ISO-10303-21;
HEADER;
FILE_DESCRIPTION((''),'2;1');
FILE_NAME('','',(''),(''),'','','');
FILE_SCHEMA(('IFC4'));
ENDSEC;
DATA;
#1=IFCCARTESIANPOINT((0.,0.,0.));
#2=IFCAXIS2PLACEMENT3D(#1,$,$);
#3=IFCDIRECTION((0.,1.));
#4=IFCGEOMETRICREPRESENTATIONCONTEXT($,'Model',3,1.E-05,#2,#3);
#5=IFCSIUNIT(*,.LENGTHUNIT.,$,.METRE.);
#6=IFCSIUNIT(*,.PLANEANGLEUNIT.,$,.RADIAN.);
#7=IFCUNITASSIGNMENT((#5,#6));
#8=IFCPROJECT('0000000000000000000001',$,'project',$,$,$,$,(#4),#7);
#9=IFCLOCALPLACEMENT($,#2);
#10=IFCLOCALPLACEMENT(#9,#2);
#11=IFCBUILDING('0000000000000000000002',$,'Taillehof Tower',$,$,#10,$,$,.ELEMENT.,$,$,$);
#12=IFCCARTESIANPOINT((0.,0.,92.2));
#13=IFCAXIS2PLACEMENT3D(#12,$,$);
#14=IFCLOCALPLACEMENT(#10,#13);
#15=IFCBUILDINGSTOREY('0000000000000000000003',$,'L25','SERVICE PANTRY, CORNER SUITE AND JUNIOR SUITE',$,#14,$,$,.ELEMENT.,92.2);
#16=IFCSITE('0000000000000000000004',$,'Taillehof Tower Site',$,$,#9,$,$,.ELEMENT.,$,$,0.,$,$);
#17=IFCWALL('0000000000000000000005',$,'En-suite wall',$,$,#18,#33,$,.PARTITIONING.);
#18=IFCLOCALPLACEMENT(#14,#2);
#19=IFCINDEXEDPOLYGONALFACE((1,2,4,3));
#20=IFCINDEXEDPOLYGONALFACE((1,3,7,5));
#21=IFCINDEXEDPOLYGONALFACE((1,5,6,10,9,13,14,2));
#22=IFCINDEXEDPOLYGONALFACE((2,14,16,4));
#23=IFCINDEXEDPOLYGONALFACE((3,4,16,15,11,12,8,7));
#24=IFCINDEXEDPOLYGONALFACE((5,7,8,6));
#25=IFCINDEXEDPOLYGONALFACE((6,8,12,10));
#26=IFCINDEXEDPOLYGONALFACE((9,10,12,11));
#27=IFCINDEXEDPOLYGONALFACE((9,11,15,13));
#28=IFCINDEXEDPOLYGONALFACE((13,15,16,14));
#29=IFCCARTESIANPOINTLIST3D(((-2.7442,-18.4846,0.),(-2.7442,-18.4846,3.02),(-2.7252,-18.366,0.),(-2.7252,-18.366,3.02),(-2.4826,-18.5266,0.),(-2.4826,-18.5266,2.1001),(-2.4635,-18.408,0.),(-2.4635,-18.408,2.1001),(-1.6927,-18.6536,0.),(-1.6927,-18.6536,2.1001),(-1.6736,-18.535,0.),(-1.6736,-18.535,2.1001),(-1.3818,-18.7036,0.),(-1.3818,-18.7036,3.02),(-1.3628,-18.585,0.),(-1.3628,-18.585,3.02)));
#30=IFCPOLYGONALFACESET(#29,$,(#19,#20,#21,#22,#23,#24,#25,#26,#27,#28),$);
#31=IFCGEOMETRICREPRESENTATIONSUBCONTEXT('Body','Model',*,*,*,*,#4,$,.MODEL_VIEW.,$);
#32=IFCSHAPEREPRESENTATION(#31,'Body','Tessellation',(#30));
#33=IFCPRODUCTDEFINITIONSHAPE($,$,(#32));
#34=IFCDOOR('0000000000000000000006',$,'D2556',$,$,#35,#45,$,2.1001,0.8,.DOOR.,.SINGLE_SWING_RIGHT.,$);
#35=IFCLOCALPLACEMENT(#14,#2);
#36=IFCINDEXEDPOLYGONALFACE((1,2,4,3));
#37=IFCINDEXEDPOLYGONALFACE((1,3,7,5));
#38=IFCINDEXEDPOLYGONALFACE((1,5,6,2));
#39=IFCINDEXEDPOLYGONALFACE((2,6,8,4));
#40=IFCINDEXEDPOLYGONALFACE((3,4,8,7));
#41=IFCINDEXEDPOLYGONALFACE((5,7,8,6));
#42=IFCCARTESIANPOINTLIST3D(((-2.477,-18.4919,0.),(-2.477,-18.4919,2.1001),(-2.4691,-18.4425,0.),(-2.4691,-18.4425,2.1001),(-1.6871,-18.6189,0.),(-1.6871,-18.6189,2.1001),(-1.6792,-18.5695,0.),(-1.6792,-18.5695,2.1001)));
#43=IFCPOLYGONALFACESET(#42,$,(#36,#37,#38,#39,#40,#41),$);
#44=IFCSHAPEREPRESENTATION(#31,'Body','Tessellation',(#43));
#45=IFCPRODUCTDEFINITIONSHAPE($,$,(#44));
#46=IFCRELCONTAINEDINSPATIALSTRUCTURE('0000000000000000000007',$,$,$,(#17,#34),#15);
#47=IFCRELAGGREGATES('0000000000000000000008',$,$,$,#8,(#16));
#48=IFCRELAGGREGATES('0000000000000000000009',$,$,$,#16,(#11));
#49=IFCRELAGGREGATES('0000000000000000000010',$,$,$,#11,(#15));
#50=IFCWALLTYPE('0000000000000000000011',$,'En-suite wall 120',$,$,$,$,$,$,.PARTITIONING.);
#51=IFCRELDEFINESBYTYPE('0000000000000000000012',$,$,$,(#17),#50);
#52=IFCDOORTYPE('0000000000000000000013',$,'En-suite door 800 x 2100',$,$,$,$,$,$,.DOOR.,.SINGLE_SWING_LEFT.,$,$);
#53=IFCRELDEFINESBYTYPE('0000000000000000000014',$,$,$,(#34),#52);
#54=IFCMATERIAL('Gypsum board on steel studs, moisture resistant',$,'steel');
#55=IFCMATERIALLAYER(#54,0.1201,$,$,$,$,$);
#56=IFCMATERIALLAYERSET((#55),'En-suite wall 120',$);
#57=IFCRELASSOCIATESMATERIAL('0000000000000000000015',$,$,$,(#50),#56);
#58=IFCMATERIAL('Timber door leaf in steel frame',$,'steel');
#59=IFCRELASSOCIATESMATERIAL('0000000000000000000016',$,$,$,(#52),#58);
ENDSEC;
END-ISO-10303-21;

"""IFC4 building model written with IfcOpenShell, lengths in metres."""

from ifc_helpers import new_model, si_unit, direction, frame, frame_2d, origin, place, context, subcontext, project, spatial, rectangle, extrude, material, layer, layer_set, type_object, element, fill, save


model = new_model("IFC4")

# Units and contexts
model_context = context("Model", 3, precision=1e-05, world=origin(), true_north=direction((0.0, 1.0)))
body_context = subcontext(model_context, "Body", "Model", "MODEL_VIEW")
ifc_project = project(units=[si_unit("LENGTHUNIT", "METRE"), si_unit("PLANEANGLEUNIT", "RADIAN")], contexts=[model_context])

# Site, building, storey
site_placement = place(None, origin())
site = spatial("IfcSite", under=ifc_project, at=site_placement, Name="Taillehof Tower Site", CompositionType="ELEMENT", RefElevation=0.0)
building_placement = place(site_placement, origin())
building = spatial("IfcBuilding", under=site, at=building_placement, Name="Taillehof Tower", CompositionType="ELEMENT")
storey_placement = place(building_placement, frame((0.0, 0.0, 92.2)))
storey = spatial("IfcBuildingStorey", under=building, at=storey_placement, Name="L25", Description="SERVICE PANTRY, CORNER SUITE AND JUNIOR SUITE", CompositionType="ELEMENT", Elevation=92.2)

# Shared definitions
ifc_material_1 = material(Name="Gypsum board on steel studs, moisture resistant", Category="steel")
ifc_layer_1 = layer(ifc_material_1, 0.1201)
ifc_layer_set_1 = layer_set([ifc_layer_1], Name="En-suite wall 120")
wall_type_1 = type_object("IfcWallType", Name="En-suite wall 120", PredefinedType="PARTITIONING", material=ifc_layer_set_1)

# Wall, opening, door
ifc_material_2 = material(Name="Timber door leaf in steel frame", Category="steel")
door_type = type_object("IfcDoorType", Name="En-suite door 800 x 2100", OperationType="SINGLE_SWING_LEFT", PredefinedType="DOOR", material=ifc_material_2)
wall_1_placement = place(storey_placement, frame((-1.3723, -18.6443, 0.0), z_axis=(0.0, 0.0, 1.0), x_axis=(-0.987324, 0.158715, 0.0)))
wall_1 = element("IfcWall", 1, at=wall_1_placement, inside=storey, type_object=wall_type_1, Name="En-suite wall", PredefinedType="PARTITIONING", context=body_context, shape_type="SweptSolid", body=[
    extrude(rectangle(XDim=1.3799, YDim=0.1201, at=frame_2d((0.6899, 0.0))), origin(), (0.0, 0.0, 1.0), 3.02),
])
opening_1_placement = place(wall_1_placement, frame((0.3149, 0.0, 0.0)))
opening_1 = element("IfcOpeningElement", 2, at=opening_1_placement, cuts=wall_1, PredefinedType="OPENING", context=body_context, shape_type="SweptSolid", body=[
    extrude(rectangle(XDim=0.8, YDim=2.1001, at=frame_2d((0.3999, 1.05))), frame((0.0, 0.0701, 0.0), z_axis=(0.0, -1.0, 0.0), x_axis=(1.0, 0.0, 0.0)), (0.0, 0.0, 1.0), 0.1401),
])
door_1_placement = place(opening_1_placement, origin())
door_1 = element("IfcDoor", 3, at=door_1_placement, inside=storey, type_object=door_type, Name="D2556", OperationType="SINGLE_SWING_RIGHT", OverallHeight=2.1001, OverallWidth=0.8, PredefinedType="DOOR", context=body_context, shape_type="SweptSolid", body=[
    extrude(rectangle(XDim=0.8, YDim=2.1001, at=frame_2d((0.3999, 1.05))), frame((0.0, 0.0249, 0.0), z_axis=(0.0, -1.0, 0.0), x_axis=(1.0, 0.0, 0.0)), (0.0, 0.0, 1.0), 0.05),
])
fill(opening_1, door_1)

save(model, "model.ifc")
